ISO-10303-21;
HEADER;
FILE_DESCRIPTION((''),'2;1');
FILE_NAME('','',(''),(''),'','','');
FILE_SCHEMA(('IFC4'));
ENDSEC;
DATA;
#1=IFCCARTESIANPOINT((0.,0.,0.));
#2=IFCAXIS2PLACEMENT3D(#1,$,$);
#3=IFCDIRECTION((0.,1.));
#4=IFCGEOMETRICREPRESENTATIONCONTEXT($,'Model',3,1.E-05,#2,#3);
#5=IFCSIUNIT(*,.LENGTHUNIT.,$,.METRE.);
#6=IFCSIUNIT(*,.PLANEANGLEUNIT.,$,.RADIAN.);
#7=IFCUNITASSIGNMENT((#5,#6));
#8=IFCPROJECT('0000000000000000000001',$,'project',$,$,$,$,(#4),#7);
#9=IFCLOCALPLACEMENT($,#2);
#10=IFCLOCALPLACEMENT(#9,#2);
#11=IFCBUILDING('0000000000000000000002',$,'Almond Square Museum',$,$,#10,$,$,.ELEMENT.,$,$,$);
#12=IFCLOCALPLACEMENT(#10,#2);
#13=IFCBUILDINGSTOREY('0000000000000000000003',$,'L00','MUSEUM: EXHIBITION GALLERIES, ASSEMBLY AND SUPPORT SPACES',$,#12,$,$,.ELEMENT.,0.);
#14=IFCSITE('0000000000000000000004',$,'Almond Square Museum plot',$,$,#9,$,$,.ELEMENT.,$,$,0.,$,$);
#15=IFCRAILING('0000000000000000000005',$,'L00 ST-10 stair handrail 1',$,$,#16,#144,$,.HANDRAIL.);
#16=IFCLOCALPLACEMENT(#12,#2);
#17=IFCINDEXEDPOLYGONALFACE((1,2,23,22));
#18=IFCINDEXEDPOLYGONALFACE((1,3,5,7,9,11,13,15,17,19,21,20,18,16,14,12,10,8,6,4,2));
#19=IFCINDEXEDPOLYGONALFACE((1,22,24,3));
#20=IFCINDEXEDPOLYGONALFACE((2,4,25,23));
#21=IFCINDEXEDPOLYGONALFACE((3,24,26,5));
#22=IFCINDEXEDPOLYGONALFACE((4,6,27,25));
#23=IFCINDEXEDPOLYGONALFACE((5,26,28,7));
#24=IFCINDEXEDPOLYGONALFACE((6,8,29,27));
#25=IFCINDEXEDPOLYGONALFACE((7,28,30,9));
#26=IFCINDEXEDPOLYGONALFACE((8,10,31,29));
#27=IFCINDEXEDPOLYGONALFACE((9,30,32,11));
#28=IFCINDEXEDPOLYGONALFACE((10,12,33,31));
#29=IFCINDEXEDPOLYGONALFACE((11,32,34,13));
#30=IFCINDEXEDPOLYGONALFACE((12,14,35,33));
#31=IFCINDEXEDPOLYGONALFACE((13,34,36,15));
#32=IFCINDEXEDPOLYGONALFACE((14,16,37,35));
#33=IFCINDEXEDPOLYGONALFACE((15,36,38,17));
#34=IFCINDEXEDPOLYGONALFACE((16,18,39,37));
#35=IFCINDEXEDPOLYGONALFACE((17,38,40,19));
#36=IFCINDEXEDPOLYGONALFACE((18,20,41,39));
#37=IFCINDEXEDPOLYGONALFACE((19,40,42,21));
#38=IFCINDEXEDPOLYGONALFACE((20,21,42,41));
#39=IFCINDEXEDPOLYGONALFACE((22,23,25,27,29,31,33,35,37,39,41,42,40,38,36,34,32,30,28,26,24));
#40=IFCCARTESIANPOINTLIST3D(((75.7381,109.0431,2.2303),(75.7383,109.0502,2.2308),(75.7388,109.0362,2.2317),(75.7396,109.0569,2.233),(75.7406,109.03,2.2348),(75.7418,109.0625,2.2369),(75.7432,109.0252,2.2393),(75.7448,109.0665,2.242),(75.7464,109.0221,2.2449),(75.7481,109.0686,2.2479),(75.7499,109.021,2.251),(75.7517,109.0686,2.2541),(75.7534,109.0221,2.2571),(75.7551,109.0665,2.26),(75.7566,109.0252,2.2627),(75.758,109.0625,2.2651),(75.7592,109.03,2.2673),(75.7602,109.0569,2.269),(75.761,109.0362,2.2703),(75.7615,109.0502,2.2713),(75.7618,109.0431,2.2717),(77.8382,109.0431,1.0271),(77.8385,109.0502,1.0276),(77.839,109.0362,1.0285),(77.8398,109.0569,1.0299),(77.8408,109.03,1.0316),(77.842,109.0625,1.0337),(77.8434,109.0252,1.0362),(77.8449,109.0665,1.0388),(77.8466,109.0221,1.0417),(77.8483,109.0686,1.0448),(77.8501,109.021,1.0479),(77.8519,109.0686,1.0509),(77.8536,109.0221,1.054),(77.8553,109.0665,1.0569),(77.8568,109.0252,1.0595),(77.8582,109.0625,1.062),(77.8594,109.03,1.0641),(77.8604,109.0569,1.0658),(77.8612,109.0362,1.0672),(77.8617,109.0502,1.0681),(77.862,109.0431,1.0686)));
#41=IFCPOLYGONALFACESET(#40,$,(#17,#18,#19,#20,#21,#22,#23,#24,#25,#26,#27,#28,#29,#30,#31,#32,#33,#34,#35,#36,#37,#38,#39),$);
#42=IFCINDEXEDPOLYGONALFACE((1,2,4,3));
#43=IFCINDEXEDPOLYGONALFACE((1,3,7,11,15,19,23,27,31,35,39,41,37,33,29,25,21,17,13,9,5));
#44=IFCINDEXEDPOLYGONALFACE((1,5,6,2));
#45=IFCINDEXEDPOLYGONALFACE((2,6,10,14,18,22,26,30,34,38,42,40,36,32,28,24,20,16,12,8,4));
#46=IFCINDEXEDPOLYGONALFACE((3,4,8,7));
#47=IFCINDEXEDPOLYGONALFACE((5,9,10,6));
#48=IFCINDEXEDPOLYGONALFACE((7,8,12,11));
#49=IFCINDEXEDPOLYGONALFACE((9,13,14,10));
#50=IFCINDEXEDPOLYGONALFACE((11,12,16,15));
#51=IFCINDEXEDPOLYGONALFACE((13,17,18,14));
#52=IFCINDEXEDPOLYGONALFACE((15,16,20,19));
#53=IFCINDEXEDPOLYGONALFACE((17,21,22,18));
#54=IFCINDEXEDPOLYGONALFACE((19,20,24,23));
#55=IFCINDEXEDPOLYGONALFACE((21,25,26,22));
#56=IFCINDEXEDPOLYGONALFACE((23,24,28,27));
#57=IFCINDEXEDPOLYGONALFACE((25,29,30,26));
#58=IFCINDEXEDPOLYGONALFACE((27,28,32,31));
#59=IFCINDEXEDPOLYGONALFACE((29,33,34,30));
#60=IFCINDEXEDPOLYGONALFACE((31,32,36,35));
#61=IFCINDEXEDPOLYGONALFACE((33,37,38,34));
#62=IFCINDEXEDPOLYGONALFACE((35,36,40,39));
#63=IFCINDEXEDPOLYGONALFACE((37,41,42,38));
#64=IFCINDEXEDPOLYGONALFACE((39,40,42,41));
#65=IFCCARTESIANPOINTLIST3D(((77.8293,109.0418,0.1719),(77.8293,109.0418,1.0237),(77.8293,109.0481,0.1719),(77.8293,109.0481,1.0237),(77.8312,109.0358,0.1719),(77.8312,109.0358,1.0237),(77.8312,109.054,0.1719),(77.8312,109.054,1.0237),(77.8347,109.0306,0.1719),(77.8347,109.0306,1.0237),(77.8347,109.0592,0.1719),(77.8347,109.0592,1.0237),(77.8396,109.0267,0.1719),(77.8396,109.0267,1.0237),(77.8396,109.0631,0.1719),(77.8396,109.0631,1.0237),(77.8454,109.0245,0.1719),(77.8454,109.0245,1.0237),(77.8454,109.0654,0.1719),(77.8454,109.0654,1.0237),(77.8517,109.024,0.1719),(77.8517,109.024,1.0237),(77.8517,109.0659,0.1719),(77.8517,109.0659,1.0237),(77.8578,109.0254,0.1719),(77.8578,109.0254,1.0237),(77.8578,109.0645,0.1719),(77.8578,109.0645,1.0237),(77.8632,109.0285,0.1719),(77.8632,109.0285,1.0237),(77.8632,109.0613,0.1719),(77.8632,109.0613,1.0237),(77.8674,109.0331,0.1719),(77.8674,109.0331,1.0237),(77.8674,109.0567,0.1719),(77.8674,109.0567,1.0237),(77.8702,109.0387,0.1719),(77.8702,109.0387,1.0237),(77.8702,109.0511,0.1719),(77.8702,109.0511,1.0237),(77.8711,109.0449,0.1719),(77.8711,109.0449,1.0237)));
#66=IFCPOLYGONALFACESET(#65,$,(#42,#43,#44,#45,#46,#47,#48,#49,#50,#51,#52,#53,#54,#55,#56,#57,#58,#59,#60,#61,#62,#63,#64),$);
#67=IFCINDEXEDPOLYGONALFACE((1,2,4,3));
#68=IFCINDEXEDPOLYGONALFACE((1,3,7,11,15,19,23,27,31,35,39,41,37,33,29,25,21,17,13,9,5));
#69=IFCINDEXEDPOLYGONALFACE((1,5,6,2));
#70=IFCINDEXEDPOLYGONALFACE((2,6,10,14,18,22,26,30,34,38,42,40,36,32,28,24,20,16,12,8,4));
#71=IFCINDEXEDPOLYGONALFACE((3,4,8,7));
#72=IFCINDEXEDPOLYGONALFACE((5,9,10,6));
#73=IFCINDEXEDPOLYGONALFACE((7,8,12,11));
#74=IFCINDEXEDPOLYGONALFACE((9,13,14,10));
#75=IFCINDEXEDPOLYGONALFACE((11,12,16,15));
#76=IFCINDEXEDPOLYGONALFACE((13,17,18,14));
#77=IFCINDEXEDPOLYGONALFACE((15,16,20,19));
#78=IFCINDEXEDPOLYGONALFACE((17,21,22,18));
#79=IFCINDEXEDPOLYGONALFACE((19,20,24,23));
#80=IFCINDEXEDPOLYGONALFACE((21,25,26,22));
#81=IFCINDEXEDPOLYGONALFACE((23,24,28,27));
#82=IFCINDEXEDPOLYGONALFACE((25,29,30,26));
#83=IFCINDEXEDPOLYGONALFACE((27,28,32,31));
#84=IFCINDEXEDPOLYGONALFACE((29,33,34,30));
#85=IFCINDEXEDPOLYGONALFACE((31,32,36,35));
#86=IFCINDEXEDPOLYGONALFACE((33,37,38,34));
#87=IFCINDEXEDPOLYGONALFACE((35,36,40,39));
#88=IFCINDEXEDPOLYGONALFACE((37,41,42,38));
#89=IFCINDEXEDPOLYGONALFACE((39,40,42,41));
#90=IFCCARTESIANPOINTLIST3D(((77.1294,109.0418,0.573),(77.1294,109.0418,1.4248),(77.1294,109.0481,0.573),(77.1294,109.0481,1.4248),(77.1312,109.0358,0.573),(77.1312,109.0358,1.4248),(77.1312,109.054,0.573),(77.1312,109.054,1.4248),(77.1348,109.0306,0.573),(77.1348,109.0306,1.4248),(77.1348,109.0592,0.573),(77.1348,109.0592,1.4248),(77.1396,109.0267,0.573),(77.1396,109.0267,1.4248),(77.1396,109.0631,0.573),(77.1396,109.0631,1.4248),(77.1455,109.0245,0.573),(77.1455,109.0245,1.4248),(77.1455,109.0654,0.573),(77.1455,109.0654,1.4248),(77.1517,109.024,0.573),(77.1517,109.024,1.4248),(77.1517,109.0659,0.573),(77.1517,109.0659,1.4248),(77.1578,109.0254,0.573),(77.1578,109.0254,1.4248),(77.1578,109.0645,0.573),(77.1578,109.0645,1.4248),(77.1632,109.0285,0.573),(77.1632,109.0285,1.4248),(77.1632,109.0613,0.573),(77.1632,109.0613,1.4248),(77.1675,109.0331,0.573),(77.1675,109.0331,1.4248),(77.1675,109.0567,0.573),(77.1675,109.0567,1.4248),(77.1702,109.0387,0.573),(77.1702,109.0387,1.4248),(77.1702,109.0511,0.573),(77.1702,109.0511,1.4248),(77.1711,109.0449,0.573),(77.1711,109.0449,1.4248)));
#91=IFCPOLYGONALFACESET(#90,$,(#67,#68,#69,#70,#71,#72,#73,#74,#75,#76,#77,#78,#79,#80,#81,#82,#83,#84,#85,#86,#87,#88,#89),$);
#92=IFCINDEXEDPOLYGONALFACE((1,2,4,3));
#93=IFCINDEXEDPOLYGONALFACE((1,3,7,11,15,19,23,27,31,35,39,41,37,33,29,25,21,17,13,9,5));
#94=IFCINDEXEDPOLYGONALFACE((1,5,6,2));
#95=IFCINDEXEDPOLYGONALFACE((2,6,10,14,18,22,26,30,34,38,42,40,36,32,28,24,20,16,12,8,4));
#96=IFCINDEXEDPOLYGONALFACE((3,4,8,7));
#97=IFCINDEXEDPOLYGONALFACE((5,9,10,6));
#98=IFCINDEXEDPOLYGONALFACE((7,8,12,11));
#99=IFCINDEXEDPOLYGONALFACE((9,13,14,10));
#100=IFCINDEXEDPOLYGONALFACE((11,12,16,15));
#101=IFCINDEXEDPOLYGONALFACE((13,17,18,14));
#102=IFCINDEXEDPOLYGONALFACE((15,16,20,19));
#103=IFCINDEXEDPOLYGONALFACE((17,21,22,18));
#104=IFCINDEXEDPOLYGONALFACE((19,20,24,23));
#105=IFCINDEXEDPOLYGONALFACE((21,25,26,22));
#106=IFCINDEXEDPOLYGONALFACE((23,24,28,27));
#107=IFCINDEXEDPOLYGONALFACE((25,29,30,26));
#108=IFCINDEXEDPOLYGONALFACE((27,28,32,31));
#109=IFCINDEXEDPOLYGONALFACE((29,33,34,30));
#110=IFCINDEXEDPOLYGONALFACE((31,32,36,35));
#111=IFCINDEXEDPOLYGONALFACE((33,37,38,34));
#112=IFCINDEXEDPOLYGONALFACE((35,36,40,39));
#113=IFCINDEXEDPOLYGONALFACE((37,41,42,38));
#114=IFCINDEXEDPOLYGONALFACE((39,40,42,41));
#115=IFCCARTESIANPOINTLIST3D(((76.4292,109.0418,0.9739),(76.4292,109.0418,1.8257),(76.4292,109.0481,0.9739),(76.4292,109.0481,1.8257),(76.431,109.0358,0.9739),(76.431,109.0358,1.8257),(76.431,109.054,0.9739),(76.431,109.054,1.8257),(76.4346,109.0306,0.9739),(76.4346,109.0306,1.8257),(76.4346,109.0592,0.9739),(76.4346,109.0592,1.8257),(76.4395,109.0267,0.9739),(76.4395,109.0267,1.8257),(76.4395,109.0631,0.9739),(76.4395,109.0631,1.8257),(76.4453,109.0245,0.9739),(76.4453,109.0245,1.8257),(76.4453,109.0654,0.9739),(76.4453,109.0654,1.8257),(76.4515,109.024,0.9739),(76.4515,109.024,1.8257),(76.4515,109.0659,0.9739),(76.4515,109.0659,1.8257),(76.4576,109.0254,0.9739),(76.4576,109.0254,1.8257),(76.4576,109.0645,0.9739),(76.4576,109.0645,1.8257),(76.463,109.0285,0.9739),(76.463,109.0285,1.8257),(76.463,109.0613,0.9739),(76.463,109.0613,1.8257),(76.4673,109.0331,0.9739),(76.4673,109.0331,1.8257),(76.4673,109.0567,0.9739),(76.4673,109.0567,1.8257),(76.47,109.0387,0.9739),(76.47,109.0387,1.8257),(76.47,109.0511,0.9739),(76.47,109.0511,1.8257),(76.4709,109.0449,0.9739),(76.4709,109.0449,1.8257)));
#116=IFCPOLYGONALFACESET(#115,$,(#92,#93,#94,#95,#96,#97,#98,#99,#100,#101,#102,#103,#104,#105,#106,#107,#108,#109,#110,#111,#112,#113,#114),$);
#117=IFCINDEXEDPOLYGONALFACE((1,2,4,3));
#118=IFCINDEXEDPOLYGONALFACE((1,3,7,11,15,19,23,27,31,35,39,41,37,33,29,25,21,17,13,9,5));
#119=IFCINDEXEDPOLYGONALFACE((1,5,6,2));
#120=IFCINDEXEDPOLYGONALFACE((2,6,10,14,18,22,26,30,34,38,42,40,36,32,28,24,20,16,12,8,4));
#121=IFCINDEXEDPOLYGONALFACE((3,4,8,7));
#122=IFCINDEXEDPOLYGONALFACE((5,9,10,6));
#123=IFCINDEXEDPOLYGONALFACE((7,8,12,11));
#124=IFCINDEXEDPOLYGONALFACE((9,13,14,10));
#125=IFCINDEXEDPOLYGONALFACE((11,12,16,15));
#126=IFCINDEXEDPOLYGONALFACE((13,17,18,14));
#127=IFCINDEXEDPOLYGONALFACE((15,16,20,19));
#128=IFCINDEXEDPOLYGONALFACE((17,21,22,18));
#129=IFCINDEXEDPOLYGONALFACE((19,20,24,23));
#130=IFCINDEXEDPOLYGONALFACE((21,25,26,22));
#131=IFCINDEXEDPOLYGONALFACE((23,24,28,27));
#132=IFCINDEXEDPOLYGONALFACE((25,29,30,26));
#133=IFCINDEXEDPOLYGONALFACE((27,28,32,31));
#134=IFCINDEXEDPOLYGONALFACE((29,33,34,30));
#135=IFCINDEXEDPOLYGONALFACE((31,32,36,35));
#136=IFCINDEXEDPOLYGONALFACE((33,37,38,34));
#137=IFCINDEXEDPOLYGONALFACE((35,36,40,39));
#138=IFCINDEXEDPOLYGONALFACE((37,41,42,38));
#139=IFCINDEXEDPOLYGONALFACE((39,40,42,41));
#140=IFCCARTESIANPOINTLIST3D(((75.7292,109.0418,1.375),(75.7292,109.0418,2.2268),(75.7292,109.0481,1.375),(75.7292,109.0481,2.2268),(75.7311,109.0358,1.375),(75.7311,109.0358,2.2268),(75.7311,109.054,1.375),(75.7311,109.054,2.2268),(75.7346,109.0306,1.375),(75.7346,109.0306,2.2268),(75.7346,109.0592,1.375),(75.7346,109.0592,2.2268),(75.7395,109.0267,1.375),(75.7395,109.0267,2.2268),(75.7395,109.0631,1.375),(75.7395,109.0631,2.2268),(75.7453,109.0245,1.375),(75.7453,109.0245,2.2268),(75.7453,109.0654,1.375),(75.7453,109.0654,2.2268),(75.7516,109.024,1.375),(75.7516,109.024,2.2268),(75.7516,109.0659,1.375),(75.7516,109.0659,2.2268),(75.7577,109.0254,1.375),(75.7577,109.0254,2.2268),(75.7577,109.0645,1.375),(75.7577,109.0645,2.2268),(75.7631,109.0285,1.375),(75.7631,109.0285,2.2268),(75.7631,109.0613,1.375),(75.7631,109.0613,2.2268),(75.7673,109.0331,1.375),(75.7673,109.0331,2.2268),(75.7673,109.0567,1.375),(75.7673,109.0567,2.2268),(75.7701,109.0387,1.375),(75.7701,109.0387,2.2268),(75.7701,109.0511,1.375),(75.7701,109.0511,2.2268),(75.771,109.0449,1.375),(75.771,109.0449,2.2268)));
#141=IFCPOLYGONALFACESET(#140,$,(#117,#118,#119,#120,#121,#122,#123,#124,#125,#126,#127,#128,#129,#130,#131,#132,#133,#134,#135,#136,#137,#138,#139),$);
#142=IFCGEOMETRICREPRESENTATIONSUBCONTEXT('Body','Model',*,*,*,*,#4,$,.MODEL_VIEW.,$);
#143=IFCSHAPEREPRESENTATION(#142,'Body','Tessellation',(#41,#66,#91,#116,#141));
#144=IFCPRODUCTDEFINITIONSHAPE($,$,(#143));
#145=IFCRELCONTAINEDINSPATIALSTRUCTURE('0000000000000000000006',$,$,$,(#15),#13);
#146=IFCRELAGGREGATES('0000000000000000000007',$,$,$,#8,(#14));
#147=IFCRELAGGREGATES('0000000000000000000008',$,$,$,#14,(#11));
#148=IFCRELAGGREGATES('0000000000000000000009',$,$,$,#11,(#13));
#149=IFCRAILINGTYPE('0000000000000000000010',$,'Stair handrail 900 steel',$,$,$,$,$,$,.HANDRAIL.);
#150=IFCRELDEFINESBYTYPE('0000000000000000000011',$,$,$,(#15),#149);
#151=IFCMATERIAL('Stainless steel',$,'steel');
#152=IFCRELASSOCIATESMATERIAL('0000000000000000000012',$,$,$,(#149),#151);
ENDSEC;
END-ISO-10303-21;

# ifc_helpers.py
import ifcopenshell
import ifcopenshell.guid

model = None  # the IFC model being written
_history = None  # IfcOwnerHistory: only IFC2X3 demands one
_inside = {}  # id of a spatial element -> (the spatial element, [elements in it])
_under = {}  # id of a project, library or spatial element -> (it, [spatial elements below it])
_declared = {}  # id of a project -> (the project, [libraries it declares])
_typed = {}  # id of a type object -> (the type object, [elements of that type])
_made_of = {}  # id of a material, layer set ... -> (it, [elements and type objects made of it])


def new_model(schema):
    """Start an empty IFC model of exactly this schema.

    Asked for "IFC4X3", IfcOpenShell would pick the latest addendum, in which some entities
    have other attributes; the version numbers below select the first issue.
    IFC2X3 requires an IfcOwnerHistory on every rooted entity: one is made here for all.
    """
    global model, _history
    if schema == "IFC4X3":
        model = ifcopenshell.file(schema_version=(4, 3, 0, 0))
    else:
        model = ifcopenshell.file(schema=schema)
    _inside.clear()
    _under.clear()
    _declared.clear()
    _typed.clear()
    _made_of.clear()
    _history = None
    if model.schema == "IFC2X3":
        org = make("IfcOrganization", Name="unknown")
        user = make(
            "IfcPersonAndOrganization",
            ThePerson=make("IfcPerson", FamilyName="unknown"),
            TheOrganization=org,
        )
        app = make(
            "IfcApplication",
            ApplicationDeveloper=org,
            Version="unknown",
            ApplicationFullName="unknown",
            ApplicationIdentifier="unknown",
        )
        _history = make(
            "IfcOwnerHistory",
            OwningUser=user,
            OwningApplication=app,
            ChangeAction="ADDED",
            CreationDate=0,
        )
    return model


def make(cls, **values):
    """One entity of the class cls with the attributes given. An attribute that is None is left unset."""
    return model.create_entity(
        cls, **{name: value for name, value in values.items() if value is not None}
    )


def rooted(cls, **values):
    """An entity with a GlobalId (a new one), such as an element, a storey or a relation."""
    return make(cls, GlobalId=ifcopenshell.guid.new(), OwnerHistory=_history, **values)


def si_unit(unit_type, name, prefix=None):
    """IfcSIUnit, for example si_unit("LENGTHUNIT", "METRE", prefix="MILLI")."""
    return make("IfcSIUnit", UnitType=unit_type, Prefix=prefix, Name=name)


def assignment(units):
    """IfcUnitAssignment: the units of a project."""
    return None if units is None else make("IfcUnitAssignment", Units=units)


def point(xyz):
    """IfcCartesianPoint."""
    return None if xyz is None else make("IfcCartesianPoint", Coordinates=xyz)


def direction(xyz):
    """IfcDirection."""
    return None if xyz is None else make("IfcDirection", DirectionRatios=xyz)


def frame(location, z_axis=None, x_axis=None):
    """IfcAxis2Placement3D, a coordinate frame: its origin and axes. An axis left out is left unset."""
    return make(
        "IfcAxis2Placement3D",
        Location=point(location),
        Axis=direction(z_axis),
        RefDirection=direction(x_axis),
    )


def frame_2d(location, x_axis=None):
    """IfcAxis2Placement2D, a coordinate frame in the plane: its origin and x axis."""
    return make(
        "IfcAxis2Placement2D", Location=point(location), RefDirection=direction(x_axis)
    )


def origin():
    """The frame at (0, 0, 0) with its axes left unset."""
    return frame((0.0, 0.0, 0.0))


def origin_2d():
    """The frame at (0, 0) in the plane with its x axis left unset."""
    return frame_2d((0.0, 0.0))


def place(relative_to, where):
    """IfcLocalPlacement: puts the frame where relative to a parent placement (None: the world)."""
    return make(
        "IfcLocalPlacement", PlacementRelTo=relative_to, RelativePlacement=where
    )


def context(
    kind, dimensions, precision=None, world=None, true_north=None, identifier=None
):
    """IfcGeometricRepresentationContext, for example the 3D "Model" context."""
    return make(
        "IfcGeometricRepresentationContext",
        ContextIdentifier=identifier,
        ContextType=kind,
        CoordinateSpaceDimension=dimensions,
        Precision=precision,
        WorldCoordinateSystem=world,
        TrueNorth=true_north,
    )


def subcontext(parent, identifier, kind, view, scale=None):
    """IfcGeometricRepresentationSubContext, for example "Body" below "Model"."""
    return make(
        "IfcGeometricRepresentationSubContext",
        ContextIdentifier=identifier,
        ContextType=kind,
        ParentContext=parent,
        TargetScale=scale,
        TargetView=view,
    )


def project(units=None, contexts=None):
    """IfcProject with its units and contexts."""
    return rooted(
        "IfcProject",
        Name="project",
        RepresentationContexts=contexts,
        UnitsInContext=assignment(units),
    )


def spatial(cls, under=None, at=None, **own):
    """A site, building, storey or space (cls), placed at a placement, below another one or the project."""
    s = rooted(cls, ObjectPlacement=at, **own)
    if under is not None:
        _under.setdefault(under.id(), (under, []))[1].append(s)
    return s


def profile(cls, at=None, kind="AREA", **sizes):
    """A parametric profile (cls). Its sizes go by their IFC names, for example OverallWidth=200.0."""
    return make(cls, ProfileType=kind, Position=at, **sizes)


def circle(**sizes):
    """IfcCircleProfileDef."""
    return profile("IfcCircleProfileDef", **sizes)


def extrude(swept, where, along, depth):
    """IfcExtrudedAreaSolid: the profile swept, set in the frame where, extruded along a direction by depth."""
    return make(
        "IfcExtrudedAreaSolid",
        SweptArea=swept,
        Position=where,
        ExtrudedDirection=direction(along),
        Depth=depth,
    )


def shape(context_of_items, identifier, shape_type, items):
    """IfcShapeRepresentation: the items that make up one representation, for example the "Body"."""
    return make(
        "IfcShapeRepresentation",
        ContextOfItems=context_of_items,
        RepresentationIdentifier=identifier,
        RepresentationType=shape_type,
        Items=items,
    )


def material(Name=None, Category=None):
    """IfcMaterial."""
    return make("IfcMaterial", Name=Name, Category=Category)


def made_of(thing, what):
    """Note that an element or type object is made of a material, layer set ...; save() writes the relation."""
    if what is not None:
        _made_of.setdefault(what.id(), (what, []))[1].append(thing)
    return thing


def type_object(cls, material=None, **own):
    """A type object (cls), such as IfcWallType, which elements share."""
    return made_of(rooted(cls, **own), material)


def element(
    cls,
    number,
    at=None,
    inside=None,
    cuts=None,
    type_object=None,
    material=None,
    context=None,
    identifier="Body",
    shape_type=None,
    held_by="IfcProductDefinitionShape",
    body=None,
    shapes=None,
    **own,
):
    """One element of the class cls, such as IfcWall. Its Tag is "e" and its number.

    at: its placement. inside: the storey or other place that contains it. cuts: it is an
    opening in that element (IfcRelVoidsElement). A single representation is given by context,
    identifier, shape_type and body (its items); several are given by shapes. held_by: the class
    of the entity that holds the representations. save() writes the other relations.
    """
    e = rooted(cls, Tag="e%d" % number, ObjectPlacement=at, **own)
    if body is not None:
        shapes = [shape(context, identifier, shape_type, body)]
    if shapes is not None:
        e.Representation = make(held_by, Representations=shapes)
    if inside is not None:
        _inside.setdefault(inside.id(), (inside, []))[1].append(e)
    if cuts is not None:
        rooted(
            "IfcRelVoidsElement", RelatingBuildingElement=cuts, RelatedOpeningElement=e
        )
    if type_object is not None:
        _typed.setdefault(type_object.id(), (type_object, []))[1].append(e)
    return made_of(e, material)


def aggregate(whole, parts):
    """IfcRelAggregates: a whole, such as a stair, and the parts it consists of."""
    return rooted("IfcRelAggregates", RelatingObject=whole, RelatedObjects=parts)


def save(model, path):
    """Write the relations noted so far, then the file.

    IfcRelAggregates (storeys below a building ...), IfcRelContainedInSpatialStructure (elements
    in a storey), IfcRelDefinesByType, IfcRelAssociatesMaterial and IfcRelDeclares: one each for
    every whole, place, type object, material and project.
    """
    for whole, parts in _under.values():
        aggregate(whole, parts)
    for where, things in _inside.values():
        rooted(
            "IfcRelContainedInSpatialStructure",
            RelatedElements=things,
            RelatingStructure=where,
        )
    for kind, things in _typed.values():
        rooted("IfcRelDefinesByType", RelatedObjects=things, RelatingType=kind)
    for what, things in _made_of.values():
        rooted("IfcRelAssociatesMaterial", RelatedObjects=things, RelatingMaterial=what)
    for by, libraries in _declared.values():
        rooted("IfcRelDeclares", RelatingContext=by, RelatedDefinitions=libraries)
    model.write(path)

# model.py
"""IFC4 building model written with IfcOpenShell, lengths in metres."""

from ifc_helpers import new_model, si_unit, direction, frame, origin, origin_2d, place, context, subcontext, project, spatial, circle, extrude, material, type_object, element, save


model = new_model("IFC4")

# Units and contexts
model_context = context("Model", 3, precision=1e-05, world=origin(), true_north=direction((0.0, 1.0)))
body_context = subcontext(model_context, "Body", "Model", "MODEL_VIEW")
ifc_project = project(units=[si_unit("LENGTHUNIT", "METRE"), si_unit("PLANEANGLEUNIT", "RADIAN")], contexts=[model_context])

# Site, building, storey
site_placement = place(None, origin())
site = spatial("IfcSite", under=ifc_project, at=site_placement, Name="Almond Square Museum plot", CompositionType="ELEMENT", RefElevation=0.0)
building_placement = place(site_placement, origin())
building = spatial("IfcBuilding", under=site, at=building_placement, Name="Almond Square Museum", CompositionType="ELEMENT")
storey_placement = place(building_placement, origin())
storey = spatial("IfcBuildingStorey", under=building, at=storey_placement, Name="L00", Description="MUSEUM: EXHIBITION GALLERIES, ASSEMBLY AND SUPPORT SPACES", CompositionType="ELEMENT", Elevation=0.0)

# Railing
ifc_material_1 = material(Name="Stainless steel", Category="steel")
railing_type_1 = type_object("IfcRailingType", Name="Stair handrail 900 steel", PredefinedType="HANDRAIL", material=ifc_material_1)
for number, where, name in (
    (1, (77.8501, 109.0449, 0.1719), "L00 ST-10 stair handrail 1"),
):
    element("IfcRailing", number, at=place(storey_placement, frame(where)), inside=storey, type_object=railing_type_1, Name=name, PredefinedType="HANDRAIL", context=body_context, shape_type="SweptSolid", body=[
        extrude(circle(Radius=0.0239, at=origin_2d()), frame((0.0, 0.0, 0.876), z_axis=(-0.867696, 0.0, 0.497095), x_axis=(0.0, -1.0, 0.0)), (0.0, 0.0, 1.0), 2.4204),
        extrude(circle(Radius=0.021, at=origin_2d()), origin(), (0.0, 0.0, 1.0), 0.8518),
        extrude(circle(Radius=0.021, at=origin_2d()), frame((-0.7, 0.0, 0.4011)), (0.0, 0.0, 1.0), 0.8518),
        extrude(circle(Radius=0.021, at=origin_2d()), frame((-1.4001, 0.0, 0.802)), (0.0, 0.0, 1.0), 0.8518),
        extrude(circle(Radius=0.021, at=origin_2d()), frame((-2.1001, 0.0, 1.2031)), (0.0, 0.0, 1.0), 0.8518),
    ])

save(model, "model.ifc")
